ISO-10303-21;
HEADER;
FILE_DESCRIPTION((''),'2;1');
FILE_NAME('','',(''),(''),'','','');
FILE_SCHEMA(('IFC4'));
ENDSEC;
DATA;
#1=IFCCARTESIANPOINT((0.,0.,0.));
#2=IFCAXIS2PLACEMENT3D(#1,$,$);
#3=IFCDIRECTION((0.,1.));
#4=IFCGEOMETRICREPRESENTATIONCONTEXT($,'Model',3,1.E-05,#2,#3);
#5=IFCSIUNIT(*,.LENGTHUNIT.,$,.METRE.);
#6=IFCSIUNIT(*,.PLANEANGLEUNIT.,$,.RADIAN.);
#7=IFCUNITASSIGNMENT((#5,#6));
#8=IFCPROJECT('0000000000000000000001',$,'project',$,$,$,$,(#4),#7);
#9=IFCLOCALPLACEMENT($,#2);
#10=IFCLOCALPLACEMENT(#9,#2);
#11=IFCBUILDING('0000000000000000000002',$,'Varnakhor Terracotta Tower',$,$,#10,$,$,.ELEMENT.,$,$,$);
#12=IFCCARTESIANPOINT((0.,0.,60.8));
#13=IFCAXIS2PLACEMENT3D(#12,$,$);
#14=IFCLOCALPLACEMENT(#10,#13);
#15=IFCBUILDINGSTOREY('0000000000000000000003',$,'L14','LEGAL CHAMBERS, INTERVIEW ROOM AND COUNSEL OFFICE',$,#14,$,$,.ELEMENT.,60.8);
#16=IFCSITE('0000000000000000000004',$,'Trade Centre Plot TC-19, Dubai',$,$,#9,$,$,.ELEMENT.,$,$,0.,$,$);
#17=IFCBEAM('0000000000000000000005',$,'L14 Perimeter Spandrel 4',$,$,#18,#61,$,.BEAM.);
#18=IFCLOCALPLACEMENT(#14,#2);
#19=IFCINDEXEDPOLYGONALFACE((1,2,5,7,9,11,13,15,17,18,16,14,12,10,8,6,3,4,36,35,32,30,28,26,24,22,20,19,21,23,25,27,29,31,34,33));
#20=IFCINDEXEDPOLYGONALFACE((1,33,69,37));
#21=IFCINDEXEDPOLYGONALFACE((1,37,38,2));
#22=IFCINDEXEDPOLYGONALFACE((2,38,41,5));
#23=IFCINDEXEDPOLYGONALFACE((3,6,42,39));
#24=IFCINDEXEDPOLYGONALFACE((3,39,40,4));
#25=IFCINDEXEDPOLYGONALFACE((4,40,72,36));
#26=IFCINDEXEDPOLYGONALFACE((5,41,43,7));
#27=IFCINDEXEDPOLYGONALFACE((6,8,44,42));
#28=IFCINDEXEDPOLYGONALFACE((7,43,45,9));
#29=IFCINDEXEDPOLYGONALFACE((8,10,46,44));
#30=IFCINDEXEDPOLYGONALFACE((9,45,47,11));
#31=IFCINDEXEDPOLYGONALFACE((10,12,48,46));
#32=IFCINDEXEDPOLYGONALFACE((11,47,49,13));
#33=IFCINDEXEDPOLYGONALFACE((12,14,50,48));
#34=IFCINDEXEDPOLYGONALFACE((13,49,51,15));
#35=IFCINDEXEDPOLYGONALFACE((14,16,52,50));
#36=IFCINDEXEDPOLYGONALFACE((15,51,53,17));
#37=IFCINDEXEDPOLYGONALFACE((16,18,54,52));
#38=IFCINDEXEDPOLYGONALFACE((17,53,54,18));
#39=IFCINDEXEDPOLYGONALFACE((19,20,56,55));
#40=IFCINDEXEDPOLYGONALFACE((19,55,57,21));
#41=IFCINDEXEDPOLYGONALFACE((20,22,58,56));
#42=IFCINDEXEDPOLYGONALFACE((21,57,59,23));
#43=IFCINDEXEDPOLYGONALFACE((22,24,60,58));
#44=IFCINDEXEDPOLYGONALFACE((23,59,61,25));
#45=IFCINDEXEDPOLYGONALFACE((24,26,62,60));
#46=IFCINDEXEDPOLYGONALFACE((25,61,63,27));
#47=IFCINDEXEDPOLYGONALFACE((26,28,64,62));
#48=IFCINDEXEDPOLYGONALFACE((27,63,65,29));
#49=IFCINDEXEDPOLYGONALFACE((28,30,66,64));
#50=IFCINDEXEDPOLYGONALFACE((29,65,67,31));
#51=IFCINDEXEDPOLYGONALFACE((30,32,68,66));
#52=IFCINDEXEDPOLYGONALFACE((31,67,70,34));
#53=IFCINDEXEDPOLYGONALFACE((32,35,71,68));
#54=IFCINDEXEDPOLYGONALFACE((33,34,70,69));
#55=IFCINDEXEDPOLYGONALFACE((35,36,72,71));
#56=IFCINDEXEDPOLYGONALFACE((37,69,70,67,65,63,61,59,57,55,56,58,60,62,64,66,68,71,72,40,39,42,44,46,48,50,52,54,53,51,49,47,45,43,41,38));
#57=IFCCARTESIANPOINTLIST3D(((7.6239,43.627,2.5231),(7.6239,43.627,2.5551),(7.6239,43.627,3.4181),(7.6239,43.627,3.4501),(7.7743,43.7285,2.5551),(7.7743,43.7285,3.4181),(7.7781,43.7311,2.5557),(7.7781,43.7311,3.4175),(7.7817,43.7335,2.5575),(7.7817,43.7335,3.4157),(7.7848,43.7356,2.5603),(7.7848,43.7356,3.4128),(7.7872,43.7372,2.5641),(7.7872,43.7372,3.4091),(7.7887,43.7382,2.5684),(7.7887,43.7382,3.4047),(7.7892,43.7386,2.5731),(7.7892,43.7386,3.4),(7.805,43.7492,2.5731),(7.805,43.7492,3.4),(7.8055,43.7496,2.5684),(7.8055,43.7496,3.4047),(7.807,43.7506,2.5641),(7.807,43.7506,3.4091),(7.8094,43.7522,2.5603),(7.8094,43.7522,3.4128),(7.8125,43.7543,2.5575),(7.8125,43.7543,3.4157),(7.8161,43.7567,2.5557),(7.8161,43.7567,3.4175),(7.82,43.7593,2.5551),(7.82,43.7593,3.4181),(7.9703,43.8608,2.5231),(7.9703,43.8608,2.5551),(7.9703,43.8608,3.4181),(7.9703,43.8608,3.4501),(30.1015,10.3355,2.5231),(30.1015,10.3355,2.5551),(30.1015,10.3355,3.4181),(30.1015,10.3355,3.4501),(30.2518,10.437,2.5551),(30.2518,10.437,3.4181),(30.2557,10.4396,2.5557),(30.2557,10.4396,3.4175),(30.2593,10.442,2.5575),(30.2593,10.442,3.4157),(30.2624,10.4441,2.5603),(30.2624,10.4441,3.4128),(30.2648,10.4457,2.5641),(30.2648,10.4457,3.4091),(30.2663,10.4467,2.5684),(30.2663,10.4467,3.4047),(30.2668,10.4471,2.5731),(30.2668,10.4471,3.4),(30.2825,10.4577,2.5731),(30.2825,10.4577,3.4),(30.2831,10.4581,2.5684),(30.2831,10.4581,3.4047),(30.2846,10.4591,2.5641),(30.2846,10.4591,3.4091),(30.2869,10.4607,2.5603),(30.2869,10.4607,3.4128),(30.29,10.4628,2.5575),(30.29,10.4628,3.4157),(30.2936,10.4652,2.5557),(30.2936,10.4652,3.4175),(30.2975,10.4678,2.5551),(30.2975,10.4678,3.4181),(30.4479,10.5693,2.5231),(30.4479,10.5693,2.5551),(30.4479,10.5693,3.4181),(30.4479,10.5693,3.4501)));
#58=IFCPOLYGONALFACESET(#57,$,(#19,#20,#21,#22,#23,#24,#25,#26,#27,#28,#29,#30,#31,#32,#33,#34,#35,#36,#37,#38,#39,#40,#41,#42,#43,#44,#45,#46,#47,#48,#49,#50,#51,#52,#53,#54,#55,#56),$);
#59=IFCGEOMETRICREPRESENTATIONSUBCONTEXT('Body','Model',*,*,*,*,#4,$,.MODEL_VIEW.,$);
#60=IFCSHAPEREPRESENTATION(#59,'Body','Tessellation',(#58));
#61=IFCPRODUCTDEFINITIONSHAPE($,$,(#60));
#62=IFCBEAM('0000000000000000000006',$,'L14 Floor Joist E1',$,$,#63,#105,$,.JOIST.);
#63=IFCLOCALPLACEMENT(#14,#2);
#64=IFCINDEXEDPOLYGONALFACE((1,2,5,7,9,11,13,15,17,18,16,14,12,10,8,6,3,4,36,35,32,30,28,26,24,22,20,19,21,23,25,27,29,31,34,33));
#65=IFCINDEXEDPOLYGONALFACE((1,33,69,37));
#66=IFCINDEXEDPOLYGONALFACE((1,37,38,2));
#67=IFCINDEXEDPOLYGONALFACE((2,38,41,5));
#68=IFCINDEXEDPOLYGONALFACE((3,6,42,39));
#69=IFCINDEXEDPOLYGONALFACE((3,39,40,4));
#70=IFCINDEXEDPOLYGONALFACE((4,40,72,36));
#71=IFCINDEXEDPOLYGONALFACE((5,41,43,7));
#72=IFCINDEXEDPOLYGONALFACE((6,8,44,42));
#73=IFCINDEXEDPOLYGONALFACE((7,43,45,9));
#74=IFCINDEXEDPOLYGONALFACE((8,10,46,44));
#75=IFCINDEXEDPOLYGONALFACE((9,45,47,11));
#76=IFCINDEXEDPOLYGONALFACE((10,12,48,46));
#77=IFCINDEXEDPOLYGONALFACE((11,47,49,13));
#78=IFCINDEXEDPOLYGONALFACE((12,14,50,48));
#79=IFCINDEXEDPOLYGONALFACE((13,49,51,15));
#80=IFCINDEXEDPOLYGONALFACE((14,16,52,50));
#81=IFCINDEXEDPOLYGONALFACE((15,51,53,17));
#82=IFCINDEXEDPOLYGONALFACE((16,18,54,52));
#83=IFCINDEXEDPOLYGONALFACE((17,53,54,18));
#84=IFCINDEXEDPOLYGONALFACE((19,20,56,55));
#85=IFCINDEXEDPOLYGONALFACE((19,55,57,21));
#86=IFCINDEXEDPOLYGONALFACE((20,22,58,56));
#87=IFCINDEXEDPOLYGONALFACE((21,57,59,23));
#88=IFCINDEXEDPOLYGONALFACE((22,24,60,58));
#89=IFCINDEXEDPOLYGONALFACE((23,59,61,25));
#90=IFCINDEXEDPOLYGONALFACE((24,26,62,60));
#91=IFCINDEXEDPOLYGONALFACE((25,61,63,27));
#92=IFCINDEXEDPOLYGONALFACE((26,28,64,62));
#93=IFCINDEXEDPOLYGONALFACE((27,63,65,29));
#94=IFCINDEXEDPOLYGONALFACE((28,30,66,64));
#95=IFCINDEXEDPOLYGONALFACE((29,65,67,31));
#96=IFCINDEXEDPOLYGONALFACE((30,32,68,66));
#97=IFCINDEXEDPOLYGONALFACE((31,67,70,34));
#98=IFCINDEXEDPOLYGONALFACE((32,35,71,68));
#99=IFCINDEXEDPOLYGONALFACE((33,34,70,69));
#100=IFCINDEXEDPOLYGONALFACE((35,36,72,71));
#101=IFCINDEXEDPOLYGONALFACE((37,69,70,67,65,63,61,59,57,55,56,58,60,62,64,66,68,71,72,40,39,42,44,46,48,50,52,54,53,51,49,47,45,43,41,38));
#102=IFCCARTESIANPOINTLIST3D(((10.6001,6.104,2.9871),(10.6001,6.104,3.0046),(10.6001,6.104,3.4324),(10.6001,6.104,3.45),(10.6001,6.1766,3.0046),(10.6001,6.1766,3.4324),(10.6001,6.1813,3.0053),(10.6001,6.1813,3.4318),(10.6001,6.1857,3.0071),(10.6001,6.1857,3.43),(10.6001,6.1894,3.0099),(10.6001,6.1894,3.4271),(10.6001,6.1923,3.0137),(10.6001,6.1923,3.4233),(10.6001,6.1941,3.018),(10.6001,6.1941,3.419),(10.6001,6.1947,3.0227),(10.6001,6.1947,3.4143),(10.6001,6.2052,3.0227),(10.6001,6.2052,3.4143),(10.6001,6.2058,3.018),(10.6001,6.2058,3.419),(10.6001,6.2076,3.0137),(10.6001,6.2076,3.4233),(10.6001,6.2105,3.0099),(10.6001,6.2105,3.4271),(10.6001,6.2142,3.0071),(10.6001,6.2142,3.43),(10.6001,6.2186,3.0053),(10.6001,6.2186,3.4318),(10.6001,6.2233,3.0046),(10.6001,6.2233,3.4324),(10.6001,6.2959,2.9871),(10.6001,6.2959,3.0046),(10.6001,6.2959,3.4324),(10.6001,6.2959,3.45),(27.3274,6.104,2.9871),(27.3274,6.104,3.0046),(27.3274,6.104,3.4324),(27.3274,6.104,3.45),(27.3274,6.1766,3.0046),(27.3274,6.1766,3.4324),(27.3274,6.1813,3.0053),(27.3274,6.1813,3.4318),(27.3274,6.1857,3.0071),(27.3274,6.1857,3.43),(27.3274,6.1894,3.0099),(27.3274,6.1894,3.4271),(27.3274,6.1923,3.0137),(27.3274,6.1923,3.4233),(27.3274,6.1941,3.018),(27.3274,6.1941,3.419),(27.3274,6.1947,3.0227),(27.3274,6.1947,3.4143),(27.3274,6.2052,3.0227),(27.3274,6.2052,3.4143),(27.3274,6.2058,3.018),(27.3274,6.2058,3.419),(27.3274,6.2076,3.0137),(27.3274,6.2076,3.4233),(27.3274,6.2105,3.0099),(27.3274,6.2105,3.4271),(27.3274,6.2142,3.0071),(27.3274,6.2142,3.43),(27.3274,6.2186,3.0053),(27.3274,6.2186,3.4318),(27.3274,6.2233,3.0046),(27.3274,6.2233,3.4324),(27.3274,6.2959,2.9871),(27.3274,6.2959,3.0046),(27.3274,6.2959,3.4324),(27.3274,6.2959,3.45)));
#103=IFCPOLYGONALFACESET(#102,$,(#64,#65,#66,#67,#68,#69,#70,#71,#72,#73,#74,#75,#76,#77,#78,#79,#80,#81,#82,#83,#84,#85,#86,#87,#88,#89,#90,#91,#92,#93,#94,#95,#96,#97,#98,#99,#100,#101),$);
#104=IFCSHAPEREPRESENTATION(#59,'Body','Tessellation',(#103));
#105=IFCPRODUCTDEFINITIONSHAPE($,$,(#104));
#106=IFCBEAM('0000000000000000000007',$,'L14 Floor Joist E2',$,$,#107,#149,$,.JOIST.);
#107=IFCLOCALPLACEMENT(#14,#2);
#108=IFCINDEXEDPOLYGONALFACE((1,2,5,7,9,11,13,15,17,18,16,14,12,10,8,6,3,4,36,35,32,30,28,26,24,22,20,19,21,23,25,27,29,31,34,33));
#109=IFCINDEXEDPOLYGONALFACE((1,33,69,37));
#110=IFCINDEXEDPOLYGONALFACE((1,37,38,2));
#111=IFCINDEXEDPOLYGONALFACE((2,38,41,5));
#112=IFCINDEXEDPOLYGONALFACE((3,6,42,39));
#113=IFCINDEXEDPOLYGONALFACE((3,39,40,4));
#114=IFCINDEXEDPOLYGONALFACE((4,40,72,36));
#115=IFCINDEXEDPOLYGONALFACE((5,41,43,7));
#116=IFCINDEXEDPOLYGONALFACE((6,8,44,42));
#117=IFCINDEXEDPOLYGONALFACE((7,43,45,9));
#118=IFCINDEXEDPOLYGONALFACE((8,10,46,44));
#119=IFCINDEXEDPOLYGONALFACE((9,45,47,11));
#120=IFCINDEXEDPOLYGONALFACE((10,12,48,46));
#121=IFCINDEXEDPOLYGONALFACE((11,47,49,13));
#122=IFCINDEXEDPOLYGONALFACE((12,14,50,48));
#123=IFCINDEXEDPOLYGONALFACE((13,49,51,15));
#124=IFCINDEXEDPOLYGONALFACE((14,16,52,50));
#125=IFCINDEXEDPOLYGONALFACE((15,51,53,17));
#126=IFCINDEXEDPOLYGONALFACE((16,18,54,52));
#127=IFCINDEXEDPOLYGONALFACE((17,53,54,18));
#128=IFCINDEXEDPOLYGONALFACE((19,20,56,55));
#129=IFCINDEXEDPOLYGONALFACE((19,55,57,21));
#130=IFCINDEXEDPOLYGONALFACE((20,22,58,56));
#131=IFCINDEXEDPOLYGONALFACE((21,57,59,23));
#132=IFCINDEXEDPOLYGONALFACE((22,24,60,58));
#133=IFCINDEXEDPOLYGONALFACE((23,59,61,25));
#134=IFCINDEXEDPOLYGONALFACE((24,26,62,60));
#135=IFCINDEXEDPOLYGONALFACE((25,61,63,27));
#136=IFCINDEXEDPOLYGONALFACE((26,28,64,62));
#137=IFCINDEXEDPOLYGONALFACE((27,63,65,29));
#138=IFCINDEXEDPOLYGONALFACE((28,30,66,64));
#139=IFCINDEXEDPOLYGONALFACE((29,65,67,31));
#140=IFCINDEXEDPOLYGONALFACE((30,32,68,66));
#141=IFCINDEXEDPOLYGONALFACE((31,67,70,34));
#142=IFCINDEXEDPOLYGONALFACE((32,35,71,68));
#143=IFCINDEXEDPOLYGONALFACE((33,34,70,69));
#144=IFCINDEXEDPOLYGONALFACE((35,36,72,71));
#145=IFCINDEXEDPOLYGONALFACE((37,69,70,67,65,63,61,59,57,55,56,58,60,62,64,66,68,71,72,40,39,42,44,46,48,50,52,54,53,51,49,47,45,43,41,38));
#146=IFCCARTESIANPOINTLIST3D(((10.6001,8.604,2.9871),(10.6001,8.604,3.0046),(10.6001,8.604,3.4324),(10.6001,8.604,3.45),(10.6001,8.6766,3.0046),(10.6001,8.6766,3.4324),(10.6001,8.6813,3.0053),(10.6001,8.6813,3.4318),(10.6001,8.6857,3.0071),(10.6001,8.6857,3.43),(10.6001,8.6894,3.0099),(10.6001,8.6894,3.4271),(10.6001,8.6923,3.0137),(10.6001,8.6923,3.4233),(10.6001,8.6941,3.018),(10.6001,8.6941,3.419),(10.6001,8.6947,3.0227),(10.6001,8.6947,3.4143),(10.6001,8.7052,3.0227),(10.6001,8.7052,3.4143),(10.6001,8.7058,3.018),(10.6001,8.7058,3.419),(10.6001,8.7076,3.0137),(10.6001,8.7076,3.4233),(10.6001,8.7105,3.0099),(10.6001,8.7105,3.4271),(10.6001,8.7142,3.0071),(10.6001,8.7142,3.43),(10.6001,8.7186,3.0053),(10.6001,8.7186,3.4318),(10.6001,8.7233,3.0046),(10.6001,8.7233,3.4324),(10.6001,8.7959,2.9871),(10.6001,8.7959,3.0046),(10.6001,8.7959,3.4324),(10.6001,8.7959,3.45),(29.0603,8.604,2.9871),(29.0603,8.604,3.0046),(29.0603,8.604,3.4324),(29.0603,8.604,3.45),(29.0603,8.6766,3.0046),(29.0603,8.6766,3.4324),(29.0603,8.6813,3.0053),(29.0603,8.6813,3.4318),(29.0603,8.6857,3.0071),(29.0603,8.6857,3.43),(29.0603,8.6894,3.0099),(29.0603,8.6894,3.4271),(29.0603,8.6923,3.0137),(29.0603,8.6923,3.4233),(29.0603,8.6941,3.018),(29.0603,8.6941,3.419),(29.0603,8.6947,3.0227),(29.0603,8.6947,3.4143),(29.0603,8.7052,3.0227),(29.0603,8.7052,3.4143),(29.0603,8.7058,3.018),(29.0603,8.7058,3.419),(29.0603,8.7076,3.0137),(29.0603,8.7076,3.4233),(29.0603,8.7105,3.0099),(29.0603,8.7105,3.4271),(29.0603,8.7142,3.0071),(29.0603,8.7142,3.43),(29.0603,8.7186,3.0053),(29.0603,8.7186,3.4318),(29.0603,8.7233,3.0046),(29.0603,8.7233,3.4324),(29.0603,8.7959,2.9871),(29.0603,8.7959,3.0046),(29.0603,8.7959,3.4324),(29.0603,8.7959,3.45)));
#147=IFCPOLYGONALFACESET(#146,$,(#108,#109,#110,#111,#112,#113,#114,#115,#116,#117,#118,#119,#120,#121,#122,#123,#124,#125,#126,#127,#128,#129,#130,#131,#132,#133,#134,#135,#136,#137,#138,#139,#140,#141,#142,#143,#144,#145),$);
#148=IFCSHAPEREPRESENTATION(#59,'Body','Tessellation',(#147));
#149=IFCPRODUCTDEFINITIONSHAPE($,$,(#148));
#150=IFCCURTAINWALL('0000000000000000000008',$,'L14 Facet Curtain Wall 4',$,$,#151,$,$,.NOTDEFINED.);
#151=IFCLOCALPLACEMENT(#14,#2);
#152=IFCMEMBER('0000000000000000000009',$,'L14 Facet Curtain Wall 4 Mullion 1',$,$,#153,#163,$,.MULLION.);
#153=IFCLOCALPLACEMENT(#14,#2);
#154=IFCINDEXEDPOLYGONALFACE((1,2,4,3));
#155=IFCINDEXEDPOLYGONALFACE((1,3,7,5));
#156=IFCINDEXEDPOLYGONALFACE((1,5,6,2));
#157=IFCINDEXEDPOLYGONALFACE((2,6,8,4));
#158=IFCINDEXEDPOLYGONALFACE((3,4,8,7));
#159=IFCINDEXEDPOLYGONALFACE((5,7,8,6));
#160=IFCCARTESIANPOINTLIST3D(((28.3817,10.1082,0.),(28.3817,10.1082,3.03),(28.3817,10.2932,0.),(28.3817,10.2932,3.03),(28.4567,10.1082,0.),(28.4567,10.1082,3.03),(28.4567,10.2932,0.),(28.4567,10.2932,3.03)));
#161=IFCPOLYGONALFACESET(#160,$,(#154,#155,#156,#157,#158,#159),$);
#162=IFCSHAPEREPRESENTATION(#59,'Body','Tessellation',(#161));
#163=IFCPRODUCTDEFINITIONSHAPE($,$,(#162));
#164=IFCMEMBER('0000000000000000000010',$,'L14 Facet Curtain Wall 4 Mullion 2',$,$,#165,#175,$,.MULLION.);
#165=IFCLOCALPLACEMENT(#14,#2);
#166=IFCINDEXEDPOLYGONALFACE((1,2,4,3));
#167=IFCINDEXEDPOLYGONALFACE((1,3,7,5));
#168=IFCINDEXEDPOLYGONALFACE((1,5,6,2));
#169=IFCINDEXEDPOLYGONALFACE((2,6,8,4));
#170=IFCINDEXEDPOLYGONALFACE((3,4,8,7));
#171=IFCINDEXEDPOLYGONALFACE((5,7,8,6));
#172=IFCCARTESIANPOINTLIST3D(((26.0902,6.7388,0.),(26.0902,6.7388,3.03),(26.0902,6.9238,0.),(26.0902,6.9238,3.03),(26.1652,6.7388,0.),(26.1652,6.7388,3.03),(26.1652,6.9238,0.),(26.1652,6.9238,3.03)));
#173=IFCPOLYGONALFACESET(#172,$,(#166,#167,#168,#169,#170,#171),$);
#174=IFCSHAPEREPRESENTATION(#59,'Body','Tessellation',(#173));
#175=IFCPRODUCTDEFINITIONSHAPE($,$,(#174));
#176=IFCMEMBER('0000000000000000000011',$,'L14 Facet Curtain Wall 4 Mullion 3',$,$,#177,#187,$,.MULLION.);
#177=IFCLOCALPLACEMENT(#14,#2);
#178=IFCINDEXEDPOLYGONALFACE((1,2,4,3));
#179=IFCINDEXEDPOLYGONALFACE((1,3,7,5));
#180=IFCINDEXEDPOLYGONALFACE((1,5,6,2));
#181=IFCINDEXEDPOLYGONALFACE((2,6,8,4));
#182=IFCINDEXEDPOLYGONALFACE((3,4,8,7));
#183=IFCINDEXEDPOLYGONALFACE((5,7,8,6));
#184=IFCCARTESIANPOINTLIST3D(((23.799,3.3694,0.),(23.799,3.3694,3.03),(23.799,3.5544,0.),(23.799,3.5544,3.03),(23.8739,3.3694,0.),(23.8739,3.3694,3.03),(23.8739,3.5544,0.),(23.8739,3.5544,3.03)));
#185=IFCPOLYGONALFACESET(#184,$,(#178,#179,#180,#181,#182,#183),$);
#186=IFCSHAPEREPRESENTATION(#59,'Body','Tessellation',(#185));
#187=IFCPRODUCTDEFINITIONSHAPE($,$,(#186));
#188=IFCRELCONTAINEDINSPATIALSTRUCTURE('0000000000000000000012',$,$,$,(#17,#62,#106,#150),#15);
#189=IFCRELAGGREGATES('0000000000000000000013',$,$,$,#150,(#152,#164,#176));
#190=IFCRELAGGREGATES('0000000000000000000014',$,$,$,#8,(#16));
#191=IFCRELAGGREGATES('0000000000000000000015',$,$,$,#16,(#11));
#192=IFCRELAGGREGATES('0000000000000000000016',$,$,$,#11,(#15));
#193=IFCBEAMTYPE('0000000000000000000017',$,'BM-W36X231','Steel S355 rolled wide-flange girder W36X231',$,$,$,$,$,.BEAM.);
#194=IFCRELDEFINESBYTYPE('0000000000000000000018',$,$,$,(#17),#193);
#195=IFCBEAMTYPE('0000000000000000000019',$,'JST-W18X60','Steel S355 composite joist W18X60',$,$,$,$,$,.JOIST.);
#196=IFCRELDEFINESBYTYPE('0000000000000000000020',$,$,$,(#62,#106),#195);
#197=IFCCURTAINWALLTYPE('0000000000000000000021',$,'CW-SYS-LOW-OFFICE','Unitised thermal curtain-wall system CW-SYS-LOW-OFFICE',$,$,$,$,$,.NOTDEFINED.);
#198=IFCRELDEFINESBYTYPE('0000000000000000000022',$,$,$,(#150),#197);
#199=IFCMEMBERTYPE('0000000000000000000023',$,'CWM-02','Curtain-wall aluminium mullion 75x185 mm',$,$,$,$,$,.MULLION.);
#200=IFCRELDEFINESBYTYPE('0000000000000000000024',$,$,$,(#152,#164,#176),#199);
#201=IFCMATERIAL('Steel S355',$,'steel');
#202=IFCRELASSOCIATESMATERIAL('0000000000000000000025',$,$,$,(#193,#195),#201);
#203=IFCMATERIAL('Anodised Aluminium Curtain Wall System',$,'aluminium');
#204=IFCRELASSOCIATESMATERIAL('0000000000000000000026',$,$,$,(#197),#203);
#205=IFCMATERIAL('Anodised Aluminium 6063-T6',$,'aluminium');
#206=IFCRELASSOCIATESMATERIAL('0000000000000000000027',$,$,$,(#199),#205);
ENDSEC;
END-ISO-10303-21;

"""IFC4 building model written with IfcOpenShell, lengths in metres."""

from ifc_helpers import new_model, si_unit, direction, frame, origin, origin_2d, place, context, subcontext, project, spatial, rectangle, i_section, extrude, source, transform, mapped, material, material_profile, profile_set, type_object, type_shapes, element, aggregate, save


model = new_model("IFC4")

# Units and contexts
model_context = context("Model", 3, precision=1e-05, world=origin(), true_north=direction((0.0, 1.0)))
body_context = subcontext(model_context, "Body", "Model", "MODEL_VIEW")
ifc_project = project(units=[si_unit("LENGTHUNIT", "METRE"), si_unit("PLANEANGLEUNIT", "RADIAN")], contexts=[model_context])

# Site, building, storey
site_placement = place(None, origin())
site = spatial("IfcSite", under=ifc_project, at=site_placement, Name="Trade Centre Plot TC-19, Dubai", CompositionType="ELEMENT", RefElevation=0.0)
building_placement = place(site_placement, origin())
building = spatial("IfcBuilding", under=site, at=building_placement, Name="Varnakhor Terracotta Tower", CompositionType="ELEMENT")
storey_placement = place(building_placement, frame((0.0, 0.0, 60.8)))
storey = spatial("IfcBuildingStorey", under=building, at=storey_placement, Name="L14", Description="LEGAL CHAMBERS, INTERVIEW ROOM AND COUNSEL OFFICE", CompositionType="ELEMENT", Elevation=60.8)

# Beams
ifc_material_1 = material(Name="Steel S355", Category="steel")
ifc_material_profile_1 = material_profile(ifc_material_1, i_section(OverallWidth=0.418, OverallDepth=0.927, WebThickness=0.019, FlangeThickness=0.032, FilletRadius=0.0181, at=origin_2d()), Name="W36X231")
ifc_profile_set_1 = profile_set([ifc_material_profile_1], Name="Steel S355")
beam_type_1 = type_object("IfcBeamType", Name="BM-W36X231", Description="Steel S355 rolled wide-flange girder W36X231", PredefinedType="BEAM", material=ifc_profile_set_1)
shared_shape_1 = source(origin(), body_context, "Body", "SweptSolid", [
    extrude(i_section(OverallWidth=0.418, OverallDepth=0.927, WebThickness=0.019, FlangeThickness=0.032, FilletRadius=0.0181, at=origin_2d()), origin(), (0.0, 0.0, 1.0), 40.1692),
])
beam_1_placement = place(storey_placement, frame((30.2747, 10.4524, 2.9866), z_axis=(-0.559572, 0.828782, 0.0), x_axis=(-0.828782, -0.559572, 0.0)))
element("IfcBeam", 1, at=beam_1_placement, inside=storey, type_object=beam_type_1, Name="L14 Perimeter Spandrel 4", PredefinedType="BEAM", context=body_context, shape_type="MappedRepresentation", body=[
    mapped(shared_shape_1, transform((0.0, 0.0, 0.0), scale=1.0)),
])
ifc_material_profile_2 = material_profile(ifc_material_1, i_section(OverallWidth=0.1919, OverallDepth=0.4629, WebThickness=0.0105, FlangeThickness=0.0176, FilletRadius=0.0181, at=origin_2d()), Name="W18X60")
ifc_profile_set_2 = profile_set([ifc_material_profile_2], Name="Steel S355")
beam_type_2 = type_object("IfcBeamType", Name="JST-W18X60", Description="Steel S355 composite joist W18X60", PredefinedType="JOIST", material=ifc_profile_set_2)
shared_shape_2 = source(origin(), body_context, "Body", "SweptSolid", [
    extrude(i_section(OverallWidth=0.1919, OverallDepth=0.4629, WebThickness=0.0105, FlangeThickness=0.0176, FilletRadius=0.0181, at=origin_2d()), origin(), (0.0, 0.0, 1.0), 16.7273),
])
beam_2_placement = place(storey_placement, frame((10.6001, 6.2, 3.2185), z_axis=(1.0, 0.0, 0.0), x_axis=(0.0, 1.0, 0.0)))
element("IfcBeam", 2, at=beam_2_placement, inside=storey, type_object=beam_type_2, Name="L14 Floor Joist E1", PredefinedType="JOIST", context=body_context, shape_type="MappedRepresentation", body=[
    mapped(shared_shape_2, transform((0.0, 0.0, 0.0), scale=1.0)),
])
shared_shape_3 = source(origin(), body_context, "Body", "SweptSolid", [
    extrude(i_section(OverallWidth=0.1919, OverallDepth=0.4629, WebThickness=0.0105, FlangeThickness=0.0176, FilletRadius=0.0181, at=origin_2d()), origin(), (0.0, 0.0, 1.0), 18.4602),
])
beam_3_placement = place(storey_placement, frame((10.6001, 8.7, 3.2185), z_axis=(1.0, 0.0, 0.0), x_axis=(0.0, 1.0, 0.0)))
element("IfcBeam", 3, at=beam_3_placement, inside=storey, type_object=beam_type_2, Name="L14 Floor Joist E2", PredefinedType="JOIST", context=body_context, shape_type="MappedRepresentation", body=[
    mapped(shared_shape_3, transform((0.0, 0.0, 0.0), scale=1.0)),
])

# Curtain wall, members
ifc_material_2 = material(Name="Anodised Aluminium Curtain Wall System", Category="aluminium")
curtain_wall_type = type_object("IfcCurtainWallType", Name="CW-SYS-LOW-OFFICE", Description="Unitised thermal curtain-wall system CW-SYS-LOW-OFFICE", PredefinedType="NOTDEFINED", material=ifc_material_2)
curtain_wall_1_placement = place(storey_placement, origin())
curtain_wall_1 = element("IfcCurtainWall", 4, at=curtain_wall_1_placement, inside=storey, type_object=curtain_wall_type, Name="L14 Facet Curtain Wall 4", PredefinedType="NOTDEFINED")
ifc_material_3 = material(Name="Anodised Aluminium 6063-T6", Category="aluminium")
ifc_material_profile_3 = material_profile(ifc_material_3, rectangle(XDim=0.075, YDim=0.1851, at=origin_2d()), Name="ALU MULLION 75x185")
ifc_profile_set_3 = profile_set([ifc_material_profile_3], Name="Anodised Aluminium 6063-T6")
member_type_1 = type_object("IfcMemberType", Name="CWM-02", Description="Curtain-wall aluminium mullion 75x185 mm", PredefinedType="MULLION", material=ifc_profile_set_3)
shared_shape_4 = source(origin(), body_context, "Body", "SweptSolid", [
    extrude(rectangle(XDim=0.075, YDim=0.1851, at=origin_2d()), origin(), (0.0, 0.0, 1.0), 3.03),
])
type_shapes(member_type_1, [shared_shape_4])
member_1_placement = place(storey_placement, frame((28.4192, 10.2007, 0.0), z_axis=(0.0, 0.0, 1.0), x_axis=(1.0, 0.0, 0.0)))
member_1 = element("IfcMember", 5, at=member_1_placement, type_object=member_type_1, Name="L14 Facet Curtain Wall 4 Mullion 1", PredefinedType="MULLION", context=body_context, shape_type="MappedRepresentation", body=[
    mapped(shared_shape_4, transform((0.0, 0.0, 0.0), scale=1.0)),
])
member_2_placement = place(storey_placement, frame((26.1277, 6.8313, 0.0), z_axis=(0.0, 0.0, 1.0), x_axis=(1.0, 0.0, 0.0)))
member_2 = element("IfcMember", 6, at=member_2_placement, type_object=member_type_1, Name="L14 Facet Curtain Wall 4 Mullion 2", PredefinedType="MULLION", context=body_context, shape_type="MappedRepresentation", body=[
    mapped(shared_shape_4, transform((0.0, 0.0, 0.0), scale=1.0)),
])
member_3_placement = place(storey_placement, frame((23.8364, 3.4619, 0.0), z_axis=(0.0, 0.0, 1.0), x_axis=(1.0, 0.0, 0.0)))
member_3 = element("IfcMember", 7, at=member_3_placement, type_object=member_type_1, Name="L14 Facet Curtain Wall 4 Mullion 3", PredefinedType="MULLION", context=body_context, shape_type="MappedRepresentation", body=[
    mapped(shared_shape_4, transform((0.0, 0.0, 0.0), scale=1.0)),
])

aggregate(curtain_wall_1, [member_1, member_2, member_3])

save(model, "model.ifc")
